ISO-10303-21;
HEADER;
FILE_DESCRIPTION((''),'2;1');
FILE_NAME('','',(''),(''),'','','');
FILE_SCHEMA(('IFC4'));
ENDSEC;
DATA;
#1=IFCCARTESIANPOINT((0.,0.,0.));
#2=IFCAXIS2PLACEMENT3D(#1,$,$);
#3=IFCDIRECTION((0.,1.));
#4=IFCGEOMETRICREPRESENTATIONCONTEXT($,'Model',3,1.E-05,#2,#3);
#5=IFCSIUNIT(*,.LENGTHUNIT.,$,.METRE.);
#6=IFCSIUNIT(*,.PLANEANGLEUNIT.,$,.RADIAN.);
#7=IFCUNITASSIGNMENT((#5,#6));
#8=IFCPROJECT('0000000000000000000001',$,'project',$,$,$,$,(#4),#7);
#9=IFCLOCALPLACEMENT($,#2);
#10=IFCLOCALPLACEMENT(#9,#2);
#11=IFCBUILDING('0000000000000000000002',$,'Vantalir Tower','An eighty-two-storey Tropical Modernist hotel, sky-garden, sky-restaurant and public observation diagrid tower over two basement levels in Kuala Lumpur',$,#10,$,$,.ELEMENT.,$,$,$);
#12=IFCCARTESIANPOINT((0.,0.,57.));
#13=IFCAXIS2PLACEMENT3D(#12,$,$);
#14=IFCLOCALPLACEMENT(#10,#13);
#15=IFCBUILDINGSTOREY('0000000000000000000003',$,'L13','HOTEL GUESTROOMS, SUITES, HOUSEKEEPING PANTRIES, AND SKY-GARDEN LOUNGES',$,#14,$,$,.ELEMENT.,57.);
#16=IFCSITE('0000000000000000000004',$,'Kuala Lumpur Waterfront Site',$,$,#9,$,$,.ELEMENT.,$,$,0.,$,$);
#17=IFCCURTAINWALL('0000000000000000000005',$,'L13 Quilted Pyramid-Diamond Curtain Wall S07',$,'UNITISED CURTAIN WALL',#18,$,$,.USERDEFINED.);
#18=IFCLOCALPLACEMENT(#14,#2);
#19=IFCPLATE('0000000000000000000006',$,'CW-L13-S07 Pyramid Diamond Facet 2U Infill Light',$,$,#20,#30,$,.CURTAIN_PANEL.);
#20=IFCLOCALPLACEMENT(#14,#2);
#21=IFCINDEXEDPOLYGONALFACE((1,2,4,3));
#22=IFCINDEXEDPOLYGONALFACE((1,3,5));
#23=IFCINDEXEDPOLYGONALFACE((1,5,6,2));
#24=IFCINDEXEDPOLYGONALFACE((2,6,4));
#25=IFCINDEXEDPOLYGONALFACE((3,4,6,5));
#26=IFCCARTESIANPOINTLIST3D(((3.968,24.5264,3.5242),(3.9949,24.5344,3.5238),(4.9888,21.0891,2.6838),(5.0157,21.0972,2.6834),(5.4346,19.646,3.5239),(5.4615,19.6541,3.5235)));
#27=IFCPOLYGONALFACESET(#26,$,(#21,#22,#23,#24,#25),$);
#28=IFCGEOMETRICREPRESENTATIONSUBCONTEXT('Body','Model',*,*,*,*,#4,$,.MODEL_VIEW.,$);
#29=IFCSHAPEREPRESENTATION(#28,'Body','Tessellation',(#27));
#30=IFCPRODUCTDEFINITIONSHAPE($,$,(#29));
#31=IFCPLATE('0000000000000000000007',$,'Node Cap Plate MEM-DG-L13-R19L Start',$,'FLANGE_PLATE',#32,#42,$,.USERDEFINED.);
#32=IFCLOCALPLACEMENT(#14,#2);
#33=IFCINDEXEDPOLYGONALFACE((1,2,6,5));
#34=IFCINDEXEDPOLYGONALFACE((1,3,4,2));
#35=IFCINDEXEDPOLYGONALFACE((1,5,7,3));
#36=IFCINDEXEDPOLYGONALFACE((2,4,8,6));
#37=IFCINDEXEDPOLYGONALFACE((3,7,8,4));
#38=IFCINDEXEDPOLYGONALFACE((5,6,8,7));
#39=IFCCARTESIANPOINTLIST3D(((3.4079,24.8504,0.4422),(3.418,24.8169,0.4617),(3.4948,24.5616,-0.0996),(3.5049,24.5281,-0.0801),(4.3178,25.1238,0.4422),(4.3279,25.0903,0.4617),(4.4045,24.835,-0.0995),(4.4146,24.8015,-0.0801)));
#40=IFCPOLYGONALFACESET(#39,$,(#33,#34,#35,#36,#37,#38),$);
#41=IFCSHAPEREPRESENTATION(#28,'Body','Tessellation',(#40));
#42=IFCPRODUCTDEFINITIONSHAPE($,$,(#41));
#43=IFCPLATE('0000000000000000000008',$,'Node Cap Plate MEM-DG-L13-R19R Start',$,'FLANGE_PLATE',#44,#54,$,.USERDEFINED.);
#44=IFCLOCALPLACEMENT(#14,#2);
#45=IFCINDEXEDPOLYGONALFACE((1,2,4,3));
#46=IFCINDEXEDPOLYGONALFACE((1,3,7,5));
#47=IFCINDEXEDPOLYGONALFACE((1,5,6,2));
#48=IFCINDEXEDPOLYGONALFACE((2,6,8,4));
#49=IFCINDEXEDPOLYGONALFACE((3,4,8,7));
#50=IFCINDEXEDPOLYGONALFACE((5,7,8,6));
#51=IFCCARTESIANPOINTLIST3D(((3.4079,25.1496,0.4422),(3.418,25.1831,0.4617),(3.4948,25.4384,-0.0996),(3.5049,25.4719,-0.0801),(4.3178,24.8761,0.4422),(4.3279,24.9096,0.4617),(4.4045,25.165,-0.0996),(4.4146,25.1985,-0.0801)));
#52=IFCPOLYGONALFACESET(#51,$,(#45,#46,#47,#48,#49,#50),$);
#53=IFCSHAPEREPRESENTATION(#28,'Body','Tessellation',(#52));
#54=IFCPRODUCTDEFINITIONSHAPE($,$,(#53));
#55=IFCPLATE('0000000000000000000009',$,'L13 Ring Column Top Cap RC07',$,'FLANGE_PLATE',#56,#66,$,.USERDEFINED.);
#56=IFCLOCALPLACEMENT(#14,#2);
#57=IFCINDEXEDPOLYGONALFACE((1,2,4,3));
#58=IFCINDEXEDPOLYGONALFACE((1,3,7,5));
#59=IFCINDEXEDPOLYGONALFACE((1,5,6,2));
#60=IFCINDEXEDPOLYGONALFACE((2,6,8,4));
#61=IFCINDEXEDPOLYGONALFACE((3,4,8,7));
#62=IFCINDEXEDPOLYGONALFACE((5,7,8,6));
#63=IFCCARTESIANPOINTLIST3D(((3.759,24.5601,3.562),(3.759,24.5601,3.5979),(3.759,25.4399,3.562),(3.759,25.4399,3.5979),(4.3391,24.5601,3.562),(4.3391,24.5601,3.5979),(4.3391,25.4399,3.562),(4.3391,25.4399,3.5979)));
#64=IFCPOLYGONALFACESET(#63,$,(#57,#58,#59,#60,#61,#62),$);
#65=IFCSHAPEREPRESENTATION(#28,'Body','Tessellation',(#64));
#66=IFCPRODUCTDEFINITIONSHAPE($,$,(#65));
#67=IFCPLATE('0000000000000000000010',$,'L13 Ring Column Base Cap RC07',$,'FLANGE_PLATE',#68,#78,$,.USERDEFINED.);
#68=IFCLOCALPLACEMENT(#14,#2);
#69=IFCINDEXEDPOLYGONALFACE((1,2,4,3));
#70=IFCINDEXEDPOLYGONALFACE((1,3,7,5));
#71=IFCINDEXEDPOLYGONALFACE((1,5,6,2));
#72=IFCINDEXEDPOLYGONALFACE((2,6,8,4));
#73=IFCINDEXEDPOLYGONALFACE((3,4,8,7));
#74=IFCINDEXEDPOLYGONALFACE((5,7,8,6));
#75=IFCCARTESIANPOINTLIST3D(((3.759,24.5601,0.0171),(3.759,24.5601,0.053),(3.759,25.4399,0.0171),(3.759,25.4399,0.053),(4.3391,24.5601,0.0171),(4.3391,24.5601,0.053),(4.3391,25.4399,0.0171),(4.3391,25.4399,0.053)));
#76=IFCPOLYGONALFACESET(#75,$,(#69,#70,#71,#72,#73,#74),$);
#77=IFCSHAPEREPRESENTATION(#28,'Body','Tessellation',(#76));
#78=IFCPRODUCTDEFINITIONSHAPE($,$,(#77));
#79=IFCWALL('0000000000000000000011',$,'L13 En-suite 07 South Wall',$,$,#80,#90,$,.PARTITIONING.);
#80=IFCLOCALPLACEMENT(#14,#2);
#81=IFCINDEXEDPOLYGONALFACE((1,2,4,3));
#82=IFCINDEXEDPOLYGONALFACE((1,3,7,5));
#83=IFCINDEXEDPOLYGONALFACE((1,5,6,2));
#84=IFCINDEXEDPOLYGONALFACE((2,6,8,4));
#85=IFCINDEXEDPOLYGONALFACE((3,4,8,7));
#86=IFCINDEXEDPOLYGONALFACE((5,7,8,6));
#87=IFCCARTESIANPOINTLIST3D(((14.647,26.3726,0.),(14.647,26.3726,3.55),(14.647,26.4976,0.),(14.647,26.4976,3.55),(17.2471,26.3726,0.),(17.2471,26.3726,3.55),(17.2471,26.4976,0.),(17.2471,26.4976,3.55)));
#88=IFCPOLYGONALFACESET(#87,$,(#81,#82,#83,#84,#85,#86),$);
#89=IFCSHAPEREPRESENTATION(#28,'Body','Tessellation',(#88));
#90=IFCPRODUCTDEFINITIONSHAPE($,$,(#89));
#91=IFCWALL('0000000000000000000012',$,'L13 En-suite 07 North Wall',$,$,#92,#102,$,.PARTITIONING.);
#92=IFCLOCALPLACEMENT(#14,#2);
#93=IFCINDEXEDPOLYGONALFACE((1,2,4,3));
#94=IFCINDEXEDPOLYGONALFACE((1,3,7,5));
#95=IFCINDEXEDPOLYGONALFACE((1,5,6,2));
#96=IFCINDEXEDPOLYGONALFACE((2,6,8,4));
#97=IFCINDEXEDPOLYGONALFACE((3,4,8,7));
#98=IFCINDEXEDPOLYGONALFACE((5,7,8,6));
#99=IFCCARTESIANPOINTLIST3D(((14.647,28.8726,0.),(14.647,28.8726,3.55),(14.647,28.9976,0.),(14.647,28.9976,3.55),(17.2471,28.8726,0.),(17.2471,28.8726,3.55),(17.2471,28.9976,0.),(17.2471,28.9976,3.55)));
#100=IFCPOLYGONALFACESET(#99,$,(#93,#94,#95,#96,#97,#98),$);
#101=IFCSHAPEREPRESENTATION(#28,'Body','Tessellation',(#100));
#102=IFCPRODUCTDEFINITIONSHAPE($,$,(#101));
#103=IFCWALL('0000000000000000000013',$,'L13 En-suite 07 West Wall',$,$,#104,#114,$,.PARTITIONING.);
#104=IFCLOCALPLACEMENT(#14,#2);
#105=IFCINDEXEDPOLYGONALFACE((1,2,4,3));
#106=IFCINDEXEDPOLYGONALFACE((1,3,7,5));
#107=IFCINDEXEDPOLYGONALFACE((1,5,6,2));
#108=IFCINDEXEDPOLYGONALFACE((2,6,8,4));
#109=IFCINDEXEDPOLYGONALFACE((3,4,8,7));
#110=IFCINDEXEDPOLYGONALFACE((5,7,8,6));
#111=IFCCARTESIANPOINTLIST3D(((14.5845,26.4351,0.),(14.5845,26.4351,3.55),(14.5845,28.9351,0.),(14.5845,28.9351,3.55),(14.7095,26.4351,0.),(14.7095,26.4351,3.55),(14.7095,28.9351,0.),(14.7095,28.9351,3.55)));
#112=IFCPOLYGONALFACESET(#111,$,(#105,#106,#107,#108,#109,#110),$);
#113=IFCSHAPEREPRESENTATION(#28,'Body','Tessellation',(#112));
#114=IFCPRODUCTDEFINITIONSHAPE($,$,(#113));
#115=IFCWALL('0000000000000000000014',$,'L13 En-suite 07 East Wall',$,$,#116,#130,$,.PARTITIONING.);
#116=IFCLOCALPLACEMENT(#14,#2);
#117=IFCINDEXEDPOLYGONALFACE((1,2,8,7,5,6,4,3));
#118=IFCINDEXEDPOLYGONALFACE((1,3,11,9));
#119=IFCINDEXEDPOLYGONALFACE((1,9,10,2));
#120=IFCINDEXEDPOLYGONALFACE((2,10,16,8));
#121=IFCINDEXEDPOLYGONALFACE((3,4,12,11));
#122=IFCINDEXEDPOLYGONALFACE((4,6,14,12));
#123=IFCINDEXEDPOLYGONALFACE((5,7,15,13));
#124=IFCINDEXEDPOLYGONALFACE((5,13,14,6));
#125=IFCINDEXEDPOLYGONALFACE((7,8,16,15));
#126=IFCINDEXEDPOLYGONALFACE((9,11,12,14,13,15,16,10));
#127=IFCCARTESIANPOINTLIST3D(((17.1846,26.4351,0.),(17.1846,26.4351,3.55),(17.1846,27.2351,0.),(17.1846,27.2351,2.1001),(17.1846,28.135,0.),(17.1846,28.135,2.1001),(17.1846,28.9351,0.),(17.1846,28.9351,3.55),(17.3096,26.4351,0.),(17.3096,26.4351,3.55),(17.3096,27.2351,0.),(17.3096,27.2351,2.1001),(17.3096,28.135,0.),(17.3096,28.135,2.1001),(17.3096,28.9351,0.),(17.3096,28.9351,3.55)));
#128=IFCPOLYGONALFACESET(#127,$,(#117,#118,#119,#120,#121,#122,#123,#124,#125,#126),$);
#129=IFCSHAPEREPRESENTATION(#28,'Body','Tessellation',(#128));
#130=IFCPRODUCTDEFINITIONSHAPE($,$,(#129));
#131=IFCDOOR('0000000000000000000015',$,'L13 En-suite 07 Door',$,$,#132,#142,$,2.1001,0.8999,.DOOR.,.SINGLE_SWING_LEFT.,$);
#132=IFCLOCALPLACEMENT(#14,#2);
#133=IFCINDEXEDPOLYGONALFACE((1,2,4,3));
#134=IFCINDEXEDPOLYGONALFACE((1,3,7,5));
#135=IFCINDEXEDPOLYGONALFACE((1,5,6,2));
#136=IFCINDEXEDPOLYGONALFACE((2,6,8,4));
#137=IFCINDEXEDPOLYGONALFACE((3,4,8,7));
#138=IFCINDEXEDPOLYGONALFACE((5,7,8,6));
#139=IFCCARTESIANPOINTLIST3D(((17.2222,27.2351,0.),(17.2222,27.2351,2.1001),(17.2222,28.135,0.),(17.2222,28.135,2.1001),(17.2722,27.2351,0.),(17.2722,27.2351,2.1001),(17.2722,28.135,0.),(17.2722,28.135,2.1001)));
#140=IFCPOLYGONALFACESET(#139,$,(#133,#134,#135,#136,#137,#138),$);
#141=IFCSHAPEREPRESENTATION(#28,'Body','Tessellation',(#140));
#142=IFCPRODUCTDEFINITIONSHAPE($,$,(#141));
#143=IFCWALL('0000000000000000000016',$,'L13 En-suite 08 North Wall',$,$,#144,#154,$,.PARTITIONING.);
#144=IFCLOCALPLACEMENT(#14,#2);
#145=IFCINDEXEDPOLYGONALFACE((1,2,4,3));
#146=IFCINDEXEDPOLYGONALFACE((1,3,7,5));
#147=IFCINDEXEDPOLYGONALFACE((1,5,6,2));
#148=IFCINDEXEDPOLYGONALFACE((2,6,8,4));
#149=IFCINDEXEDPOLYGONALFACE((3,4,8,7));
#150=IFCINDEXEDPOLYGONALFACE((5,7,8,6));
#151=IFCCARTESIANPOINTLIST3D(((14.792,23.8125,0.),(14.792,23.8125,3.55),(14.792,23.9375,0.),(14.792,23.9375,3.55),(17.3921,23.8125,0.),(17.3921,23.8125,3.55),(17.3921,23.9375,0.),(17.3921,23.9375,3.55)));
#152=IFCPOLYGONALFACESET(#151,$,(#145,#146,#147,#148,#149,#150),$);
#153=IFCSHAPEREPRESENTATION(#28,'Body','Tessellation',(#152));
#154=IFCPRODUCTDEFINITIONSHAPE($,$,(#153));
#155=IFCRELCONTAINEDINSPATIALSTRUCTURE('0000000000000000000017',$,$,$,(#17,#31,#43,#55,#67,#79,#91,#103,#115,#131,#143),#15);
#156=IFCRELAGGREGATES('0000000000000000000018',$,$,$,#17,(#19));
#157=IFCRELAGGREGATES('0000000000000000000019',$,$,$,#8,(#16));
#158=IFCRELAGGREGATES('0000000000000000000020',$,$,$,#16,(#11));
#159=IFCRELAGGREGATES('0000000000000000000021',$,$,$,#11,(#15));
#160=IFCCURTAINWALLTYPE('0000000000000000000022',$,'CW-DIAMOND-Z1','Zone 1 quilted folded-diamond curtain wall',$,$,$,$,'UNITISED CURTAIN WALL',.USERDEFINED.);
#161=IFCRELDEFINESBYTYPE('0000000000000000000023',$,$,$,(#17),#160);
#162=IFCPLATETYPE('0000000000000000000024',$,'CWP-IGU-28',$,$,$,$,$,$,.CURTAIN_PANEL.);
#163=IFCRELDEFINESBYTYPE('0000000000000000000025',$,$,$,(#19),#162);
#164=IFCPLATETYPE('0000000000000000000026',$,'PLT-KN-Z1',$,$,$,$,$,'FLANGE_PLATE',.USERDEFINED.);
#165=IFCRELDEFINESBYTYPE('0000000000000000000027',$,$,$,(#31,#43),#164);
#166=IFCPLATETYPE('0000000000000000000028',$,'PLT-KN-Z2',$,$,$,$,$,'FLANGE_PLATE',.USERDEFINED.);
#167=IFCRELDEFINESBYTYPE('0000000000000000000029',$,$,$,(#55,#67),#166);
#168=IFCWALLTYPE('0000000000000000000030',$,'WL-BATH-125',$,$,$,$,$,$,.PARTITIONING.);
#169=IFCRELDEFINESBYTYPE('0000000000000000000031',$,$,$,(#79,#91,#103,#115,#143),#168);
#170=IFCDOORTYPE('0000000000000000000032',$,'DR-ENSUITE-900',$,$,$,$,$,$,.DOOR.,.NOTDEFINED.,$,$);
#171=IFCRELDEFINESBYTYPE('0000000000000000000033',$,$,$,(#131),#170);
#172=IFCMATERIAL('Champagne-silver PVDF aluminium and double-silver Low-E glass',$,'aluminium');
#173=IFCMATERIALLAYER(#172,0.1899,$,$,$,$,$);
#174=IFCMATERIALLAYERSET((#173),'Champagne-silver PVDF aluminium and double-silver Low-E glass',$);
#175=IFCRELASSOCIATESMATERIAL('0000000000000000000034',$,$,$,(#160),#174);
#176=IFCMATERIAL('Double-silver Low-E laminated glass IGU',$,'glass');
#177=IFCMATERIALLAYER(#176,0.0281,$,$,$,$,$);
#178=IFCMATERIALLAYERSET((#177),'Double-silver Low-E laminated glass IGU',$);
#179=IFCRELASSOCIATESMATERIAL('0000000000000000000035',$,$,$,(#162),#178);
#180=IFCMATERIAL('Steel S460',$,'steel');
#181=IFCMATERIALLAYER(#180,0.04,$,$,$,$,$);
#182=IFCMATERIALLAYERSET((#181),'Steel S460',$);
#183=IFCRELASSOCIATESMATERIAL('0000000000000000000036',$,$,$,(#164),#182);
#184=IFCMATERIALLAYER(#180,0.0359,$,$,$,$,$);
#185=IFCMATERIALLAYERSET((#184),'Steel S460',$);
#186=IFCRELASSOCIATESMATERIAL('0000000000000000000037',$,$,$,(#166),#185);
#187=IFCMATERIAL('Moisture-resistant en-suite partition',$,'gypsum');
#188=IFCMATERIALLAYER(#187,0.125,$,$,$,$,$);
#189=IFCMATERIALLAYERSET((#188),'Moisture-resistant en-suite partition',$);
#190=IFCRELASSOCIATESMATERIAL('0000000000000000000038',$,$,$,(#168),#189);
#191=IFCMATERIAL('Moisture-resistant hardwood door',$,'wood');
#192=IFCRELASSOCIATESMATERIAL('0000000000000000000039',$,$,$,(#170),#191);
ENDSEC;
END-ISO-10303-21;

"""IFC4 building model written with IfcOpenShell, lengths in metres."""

from ifc_helpers import new_model, si_unit, direction, frame, frame_2d, origin, place, context, subcontext, project, spatial, polyline, rectangle, outline, extrude, material, layer, layer_set, type_object, element, fill, aggregate, save


model = new_model("IFC4")

# Units and contexts
model_context = context("Model", 3, precision=1e-05, world=origin(), true_north=direction((0.0, 1.0)))
body_context = subcontext(model_context, "Body", "Model", "MODEL_VIEW")
ifc_project = project(units=[si_unit("LENGTHUNIT", "METRE"), si_unit("PLANEANGLEUNIT", "RADIAN")], contexts=[model_context])

# Site, building, storey
site_placement = place(None, origin())
site = spatial("IfcSite", under=ifc_project, at=site_placement, Name="Kuala Lumpur Waterfront Site", CompositionType="ELEMENT", RefElevation=0.0)
building_placement = place(site_placement, origin())
building = spatial("IfcBuilding", under=site, at=building_placement, Name="Vantalir Tower", Description="An eighty-two-storey Tropical Modernist hotel, sky-garden, sky-restaurant and public observation diagrid tower over two basement levels in Kuala Lumpur", CompositionType="ELEMENT")
storey_placement = place(building_placement, frame((0.0, 0.0, 57.0)))
storey = spatial("IfcBuildingStorey", under=building, at=storey_placement, Name="L13", Description="HOTEL GUESTROOMS, SUITES, HOUSEKEEPING PANTRIES, AND SKY-GARDEN LOUNGES", CompositionType="ELEMENT", Elevation=57.0)

# Shared definitions
ifc_material_1 = material(Name="Steel S460", Category="steel")

# Shared definitions
ifc_material_2 = material(Name="Champagne-silver PVDF aluminium and double-silver Low-E glass", Category="aluminium")
ifc_layer_1 = layer(ifc_material_2, 0.1899)
ifc_layer_set_1 = layer_set([ifc_layer_1], Name="Champagne-silver PVDF aluminium and double-silver Low-E glass")
curtain_wall_type = type_object("IfcCurtainWallType", Name="CW-DIAMOND-Z1", Description="Zone 1 quilted folded-diamond curtain wall", ElementType="UNITISED CURTAIN WALL", PredefinedType="USERDEFINED", material=ifc_layer_set_1)

# Curtain wall
curtain_wall_1_placement = place(storey_placement, origin())
curtain_wall_1 = element("IfcCurtainWall", 1, at=curtain_wall_1_placement, inside=storey, type_object=curtain_wall_type, Name="L13 Quilted Pyramid-Diamond Curtain Wall S07", ObjectType="UNITISED CURTAIN WALL", PredefinedType="USERDEFINED")

# Plate
ifc_material_3 = material(Name="Double-silver Low-E laminated glass IGU", Category="glass")
ifc_layer_2 = layer(ifc_material_3, 0.0281)
ifc_layer_set_2 = layer_set([ifc_layer_2], Name="Double-silver Low-E laminated glass IGU")
plate_type_1 = type_object("IfcPlateType", Name="CWP-IGU-28", PredefinedType="CURTAIN_PANEL", material=ifc_layer_set_2)
plate_1_placement = place(storey_placement, frame((3.968, 24.5264, 3.5242), z_axis=(-0.957602, -0.28776, 0.013842), x_axis=(0.287787, -0.957694, -0.000048)))
plate_1 = element("IfcPlate", 2, at=plate_1_placement, type_object=plate_type_1, Name="CW-L13-S07 Pyramid Diamond Facet 2U Infill Light", PredefinedType="CURTAIN_PANEL", context=body_context, shape_type="SweptSolid", body=[
    extrude(outline(polyline([(0.0, 0.0), (5.096, 0.0), (3.5856, -0.8402), (0.0, 0.0)])), origin(), (0.0, 0.0, -1.0), 0.0281),
])
aggregate(curtain_wall_1, [plate_1])

# Plates
ifc_layer_3 = layer(ifc_material_1, 0.04)
ifc_layer_set_3 = layer_set([ifc_layer_3], Name="Steel S460")
plate_type_2 = type_object("IfcPlateType", Name="PLT-KN-Z1", ElementType="FLANGE_PLATE", PredefinedType="USERDEFINED", material=ifc_layer_set_3)
plate_2_placement = place(storey_placement, frame((3.5049, 24.5281, -0.0801), z_axis=(0.25149, -0.836766, 0.48639), x_axis=(0.957679, 0.28784, 0.000016)))
element("IfcPlate", 3, at=plate_2_placement, inside=storey, type_object=plate_type_2, Name="Node Cap Plate MEM-DG-L13-R19L Start", ObjectType="FLANGE_PLATE", PredefinedType="USERDEFINED", context=body_context, shape_type="SweptSolid", body=[
    extrude(outline(polyline([(0.0, 0.0), (0.9499, 0.0), (0.95, 0.62), (-0.0001, 0.62), (0.0, 0.0)])), origin(), (0.0, 0.0, -1.0), 0.04),
])
plate_3_placement = place(storey_placement, frame((4.4146, 25.1985, -0.0801), z_axis=(0.25149, 0.836766, 0.48639), x_axis=(-0.957679, 0.28784, -0.000016)))
element("IfcPlate", 4, at=plate_3_placement, inside=storey, type_object=plate_type_2, Name="Node Cap Plate MEM-DG-L13-R19R Start", ObjectType="FLANGE_PLATE", PredefinedType="USERDEFINED", context=body_context, shape_type="SweptSolid", body=[
    extrude(outline(polyline([(0.0, 0.0), (0.9499, 0.0), (0.95, 0.62), (-0.0001, 0.62), (0.0, 0.0)])), origin(), (0.0, 0.0, -1.0), 0.04),
])
ifc_layer_4 = layer(ifc_material_1, 0.0359)
ifc_layer_set_4 = layer_set([ifc_layer_4], Name="Steel S460")
plate_type_3 = type_object("IfcPlateType", Name="PLT-KN-Z2", ElementType="FLANGE_PLATE", PredefinedType="USERDEFINED", material=ifc_layer_set_4)
for number, where, z_axis, x_axis, name in (
    (5, (3.759, 25.4399, 3.5979), (0.0, 0.0, 1.0), (0.0, -1.0, 0.0), "L13 Ring Column Top Cap RC07"),
    (6, (3.759, 25.4399, 0.053), (0.0, 0.0, 1.0), (0.0, -1.0, 0.0), "L13 Ring Column Base Cap RC07"),
):
    element("IfcPlate", number, at=place(storey_placement, frame(where, z_axis=z_axis, x_axis=x_axis)), inside=storey, type_object=plate_type_3, Name=name, ObjectType="FLANGE_PLATE", PredefinedType="USERDEFINED", context=body_context, shape_type="SweptSolid", body=[
        extrude(outline(polyline([(0.0, 0.0), (0.8799, 0.0), (0.8799, 0.5801), (0.0, 0.5801), (0.0, 0.0)])), origin(), (0.0, 0.0, -1.0), 0.0359),
    ])

# Walls
ifc_material_4 = material(Name="Moisture-resistant en-suite partition", Category="gypsum")
ifc_layer_5 = layer(ifc_material_4, 0.125)
ifc_layer_set_5 = layer_set([ifc_layer_5], Name="Moisture-resistant en-suite partition")
wall_type = type_object("IfcWallType", Name="WL-BATH-125", PredefinedType="PARTITIONING", material=ifc_layer_set_5)
for number, where, z_axis, x_axis, name in (
    (7, (14.647, 26.4351, 0.0), (0.0, 0.0, 1.0), (1.0, 0.0, 0.0), "L13 En-suite 07 South Wall"),
    (8, (14.647, 28.9351, 0.0), (0.0, 0.0, 1.0), (1.0, 0.0, 0.0), "L13 En-suite 07 North Wall"),
):
    element("IfcWall", number, at=place(storey_placement, frame(where, z_axis=z_axis, x_axis=x_axis)), inside=storey, type_object=wall_type, Name=name, PredefinedType="PARTITIONING", context=body_context, shape_type="SweptSolid", body=[
        extrude(rectangle(XDim=2.6001, YDim=0.125, at=frame_2d((1.3, 0.0))), origin(), (0.0, 0.0, 1.0), 3.55),
    ])
wall_1_placement = place(storey_placement, frame((14.647, 26.4351, 0.0), z_axis=(0.0, 0.0, 1.0), x_axis=(0.0, 1.0, 0.0)))
element("IfcWall", 9, at=wall_1_placement, inside=storey, type_object=wall_type, Name="L13 En-suite 07 West Wall", PredefinedType="PARTITIONING", context=body_context, shape_type="SweptSolid", body=[
    extrude(rectangle(XDim=2.5, YDim=0.125, at=frame_2d((1.25, 0.0))), origin(), (0.0, 0.0, 1.0), 3.55),
])

# Wall, opening, door
wall_2_placement = place(storey_placement, frame((17.2471, 26.4351, 0.0), z_axis=(0.0, 0.0, 1.0), x_axis=(0.0, 1.0, 0.0)))
wall_2 = element("IfcWall", 10, at=wall_2_placement, inside=storey, type_object=wall_type, Name="L13 En-suite 07 East Wall", PredefinedType="PARTITIONING", context=body_context, shape_type="SweptSolid", body=[
    extrude(rectangle(XDim=2.5, YDim=0.125, at=frame_2d((1.25, 0.0))), origin(), (0.0, 0.0, 1.0), 3.55),
])
opening_placement = place(wall_2_placement, frame((0.8, 0.0, 0.0)))
opening = element("IfcOpeningElement", 11, at=opening_placement, cuts=wall_2, PredefinedType="OPENING", context=body_context, shape_type="SweptSolid", body=[
    extrude(rectangle(XDim=0.8999, YDim=2.1001, at=frame_2d((0.45, 1.05))), frame((0.0, 0.0725, 0.0), z_axis=(0.0, -1.0, 0.0), x_axis=(1.0, 0.0, 0.0)), (0.0, 0.0, 1.0), 0.145),
])
ifc_material_5 = material(Name="Moisture-resistant hardwood door", Category="wood")
door_type = type_object("IfcDoorType", Name="DR-ENSUITE-900", OperationType="NOTDEFINED", PredefinedType="DOOR", material=ifc_material_5)
door_placement = place(opening_placement, origin())
door = element("IfcDoor", 12, at=door_placement, inside=storey, type_object=door_type, Name="L13 En-suite 07 Door", OperationType="SINGLE_SWING_LEFT", OverallHeight=2.1001, OverallWidth=0.8999, PredefinedType="DOOR", context=body_context, shape_type="SweptSolid", body=[
    extrude(rectangle(XDim=0.8999, YDim=2.1001, at=frame_2d((0.45, 1.05))), frame((0.0, 0.0249, 0.0), z_axis=(0.0, -1.0, 0.0), x_axis=(1.0, 0.0, 0.0)), (0.0, 0.0, 1.0), 0.05),
])
fill(opening, door)

# Wall
wall_3_placement = place(storey_placement, frame((14.792, 23.875, 0.0), z_axis=(0.0, 0.0, 1.0), x_axis=(1.0, 0.0, 0.0)))
element("IfcWall", 13, at=wall_3_placement, inside=storey, type_object=wall_type, Name="L13 En-suite 08 North Wall", PredefinedType="PARTITIONING", context=body_context, shape_type="SweptSolid", body=[
    extrude(rectangle(XDim=2.6001, YDim=0.125, at=frame_2d((1.3, 0.0))), origin(), (0.0, 0.0, 1.0), 3.55),
])

save(model, "model.ifc")
